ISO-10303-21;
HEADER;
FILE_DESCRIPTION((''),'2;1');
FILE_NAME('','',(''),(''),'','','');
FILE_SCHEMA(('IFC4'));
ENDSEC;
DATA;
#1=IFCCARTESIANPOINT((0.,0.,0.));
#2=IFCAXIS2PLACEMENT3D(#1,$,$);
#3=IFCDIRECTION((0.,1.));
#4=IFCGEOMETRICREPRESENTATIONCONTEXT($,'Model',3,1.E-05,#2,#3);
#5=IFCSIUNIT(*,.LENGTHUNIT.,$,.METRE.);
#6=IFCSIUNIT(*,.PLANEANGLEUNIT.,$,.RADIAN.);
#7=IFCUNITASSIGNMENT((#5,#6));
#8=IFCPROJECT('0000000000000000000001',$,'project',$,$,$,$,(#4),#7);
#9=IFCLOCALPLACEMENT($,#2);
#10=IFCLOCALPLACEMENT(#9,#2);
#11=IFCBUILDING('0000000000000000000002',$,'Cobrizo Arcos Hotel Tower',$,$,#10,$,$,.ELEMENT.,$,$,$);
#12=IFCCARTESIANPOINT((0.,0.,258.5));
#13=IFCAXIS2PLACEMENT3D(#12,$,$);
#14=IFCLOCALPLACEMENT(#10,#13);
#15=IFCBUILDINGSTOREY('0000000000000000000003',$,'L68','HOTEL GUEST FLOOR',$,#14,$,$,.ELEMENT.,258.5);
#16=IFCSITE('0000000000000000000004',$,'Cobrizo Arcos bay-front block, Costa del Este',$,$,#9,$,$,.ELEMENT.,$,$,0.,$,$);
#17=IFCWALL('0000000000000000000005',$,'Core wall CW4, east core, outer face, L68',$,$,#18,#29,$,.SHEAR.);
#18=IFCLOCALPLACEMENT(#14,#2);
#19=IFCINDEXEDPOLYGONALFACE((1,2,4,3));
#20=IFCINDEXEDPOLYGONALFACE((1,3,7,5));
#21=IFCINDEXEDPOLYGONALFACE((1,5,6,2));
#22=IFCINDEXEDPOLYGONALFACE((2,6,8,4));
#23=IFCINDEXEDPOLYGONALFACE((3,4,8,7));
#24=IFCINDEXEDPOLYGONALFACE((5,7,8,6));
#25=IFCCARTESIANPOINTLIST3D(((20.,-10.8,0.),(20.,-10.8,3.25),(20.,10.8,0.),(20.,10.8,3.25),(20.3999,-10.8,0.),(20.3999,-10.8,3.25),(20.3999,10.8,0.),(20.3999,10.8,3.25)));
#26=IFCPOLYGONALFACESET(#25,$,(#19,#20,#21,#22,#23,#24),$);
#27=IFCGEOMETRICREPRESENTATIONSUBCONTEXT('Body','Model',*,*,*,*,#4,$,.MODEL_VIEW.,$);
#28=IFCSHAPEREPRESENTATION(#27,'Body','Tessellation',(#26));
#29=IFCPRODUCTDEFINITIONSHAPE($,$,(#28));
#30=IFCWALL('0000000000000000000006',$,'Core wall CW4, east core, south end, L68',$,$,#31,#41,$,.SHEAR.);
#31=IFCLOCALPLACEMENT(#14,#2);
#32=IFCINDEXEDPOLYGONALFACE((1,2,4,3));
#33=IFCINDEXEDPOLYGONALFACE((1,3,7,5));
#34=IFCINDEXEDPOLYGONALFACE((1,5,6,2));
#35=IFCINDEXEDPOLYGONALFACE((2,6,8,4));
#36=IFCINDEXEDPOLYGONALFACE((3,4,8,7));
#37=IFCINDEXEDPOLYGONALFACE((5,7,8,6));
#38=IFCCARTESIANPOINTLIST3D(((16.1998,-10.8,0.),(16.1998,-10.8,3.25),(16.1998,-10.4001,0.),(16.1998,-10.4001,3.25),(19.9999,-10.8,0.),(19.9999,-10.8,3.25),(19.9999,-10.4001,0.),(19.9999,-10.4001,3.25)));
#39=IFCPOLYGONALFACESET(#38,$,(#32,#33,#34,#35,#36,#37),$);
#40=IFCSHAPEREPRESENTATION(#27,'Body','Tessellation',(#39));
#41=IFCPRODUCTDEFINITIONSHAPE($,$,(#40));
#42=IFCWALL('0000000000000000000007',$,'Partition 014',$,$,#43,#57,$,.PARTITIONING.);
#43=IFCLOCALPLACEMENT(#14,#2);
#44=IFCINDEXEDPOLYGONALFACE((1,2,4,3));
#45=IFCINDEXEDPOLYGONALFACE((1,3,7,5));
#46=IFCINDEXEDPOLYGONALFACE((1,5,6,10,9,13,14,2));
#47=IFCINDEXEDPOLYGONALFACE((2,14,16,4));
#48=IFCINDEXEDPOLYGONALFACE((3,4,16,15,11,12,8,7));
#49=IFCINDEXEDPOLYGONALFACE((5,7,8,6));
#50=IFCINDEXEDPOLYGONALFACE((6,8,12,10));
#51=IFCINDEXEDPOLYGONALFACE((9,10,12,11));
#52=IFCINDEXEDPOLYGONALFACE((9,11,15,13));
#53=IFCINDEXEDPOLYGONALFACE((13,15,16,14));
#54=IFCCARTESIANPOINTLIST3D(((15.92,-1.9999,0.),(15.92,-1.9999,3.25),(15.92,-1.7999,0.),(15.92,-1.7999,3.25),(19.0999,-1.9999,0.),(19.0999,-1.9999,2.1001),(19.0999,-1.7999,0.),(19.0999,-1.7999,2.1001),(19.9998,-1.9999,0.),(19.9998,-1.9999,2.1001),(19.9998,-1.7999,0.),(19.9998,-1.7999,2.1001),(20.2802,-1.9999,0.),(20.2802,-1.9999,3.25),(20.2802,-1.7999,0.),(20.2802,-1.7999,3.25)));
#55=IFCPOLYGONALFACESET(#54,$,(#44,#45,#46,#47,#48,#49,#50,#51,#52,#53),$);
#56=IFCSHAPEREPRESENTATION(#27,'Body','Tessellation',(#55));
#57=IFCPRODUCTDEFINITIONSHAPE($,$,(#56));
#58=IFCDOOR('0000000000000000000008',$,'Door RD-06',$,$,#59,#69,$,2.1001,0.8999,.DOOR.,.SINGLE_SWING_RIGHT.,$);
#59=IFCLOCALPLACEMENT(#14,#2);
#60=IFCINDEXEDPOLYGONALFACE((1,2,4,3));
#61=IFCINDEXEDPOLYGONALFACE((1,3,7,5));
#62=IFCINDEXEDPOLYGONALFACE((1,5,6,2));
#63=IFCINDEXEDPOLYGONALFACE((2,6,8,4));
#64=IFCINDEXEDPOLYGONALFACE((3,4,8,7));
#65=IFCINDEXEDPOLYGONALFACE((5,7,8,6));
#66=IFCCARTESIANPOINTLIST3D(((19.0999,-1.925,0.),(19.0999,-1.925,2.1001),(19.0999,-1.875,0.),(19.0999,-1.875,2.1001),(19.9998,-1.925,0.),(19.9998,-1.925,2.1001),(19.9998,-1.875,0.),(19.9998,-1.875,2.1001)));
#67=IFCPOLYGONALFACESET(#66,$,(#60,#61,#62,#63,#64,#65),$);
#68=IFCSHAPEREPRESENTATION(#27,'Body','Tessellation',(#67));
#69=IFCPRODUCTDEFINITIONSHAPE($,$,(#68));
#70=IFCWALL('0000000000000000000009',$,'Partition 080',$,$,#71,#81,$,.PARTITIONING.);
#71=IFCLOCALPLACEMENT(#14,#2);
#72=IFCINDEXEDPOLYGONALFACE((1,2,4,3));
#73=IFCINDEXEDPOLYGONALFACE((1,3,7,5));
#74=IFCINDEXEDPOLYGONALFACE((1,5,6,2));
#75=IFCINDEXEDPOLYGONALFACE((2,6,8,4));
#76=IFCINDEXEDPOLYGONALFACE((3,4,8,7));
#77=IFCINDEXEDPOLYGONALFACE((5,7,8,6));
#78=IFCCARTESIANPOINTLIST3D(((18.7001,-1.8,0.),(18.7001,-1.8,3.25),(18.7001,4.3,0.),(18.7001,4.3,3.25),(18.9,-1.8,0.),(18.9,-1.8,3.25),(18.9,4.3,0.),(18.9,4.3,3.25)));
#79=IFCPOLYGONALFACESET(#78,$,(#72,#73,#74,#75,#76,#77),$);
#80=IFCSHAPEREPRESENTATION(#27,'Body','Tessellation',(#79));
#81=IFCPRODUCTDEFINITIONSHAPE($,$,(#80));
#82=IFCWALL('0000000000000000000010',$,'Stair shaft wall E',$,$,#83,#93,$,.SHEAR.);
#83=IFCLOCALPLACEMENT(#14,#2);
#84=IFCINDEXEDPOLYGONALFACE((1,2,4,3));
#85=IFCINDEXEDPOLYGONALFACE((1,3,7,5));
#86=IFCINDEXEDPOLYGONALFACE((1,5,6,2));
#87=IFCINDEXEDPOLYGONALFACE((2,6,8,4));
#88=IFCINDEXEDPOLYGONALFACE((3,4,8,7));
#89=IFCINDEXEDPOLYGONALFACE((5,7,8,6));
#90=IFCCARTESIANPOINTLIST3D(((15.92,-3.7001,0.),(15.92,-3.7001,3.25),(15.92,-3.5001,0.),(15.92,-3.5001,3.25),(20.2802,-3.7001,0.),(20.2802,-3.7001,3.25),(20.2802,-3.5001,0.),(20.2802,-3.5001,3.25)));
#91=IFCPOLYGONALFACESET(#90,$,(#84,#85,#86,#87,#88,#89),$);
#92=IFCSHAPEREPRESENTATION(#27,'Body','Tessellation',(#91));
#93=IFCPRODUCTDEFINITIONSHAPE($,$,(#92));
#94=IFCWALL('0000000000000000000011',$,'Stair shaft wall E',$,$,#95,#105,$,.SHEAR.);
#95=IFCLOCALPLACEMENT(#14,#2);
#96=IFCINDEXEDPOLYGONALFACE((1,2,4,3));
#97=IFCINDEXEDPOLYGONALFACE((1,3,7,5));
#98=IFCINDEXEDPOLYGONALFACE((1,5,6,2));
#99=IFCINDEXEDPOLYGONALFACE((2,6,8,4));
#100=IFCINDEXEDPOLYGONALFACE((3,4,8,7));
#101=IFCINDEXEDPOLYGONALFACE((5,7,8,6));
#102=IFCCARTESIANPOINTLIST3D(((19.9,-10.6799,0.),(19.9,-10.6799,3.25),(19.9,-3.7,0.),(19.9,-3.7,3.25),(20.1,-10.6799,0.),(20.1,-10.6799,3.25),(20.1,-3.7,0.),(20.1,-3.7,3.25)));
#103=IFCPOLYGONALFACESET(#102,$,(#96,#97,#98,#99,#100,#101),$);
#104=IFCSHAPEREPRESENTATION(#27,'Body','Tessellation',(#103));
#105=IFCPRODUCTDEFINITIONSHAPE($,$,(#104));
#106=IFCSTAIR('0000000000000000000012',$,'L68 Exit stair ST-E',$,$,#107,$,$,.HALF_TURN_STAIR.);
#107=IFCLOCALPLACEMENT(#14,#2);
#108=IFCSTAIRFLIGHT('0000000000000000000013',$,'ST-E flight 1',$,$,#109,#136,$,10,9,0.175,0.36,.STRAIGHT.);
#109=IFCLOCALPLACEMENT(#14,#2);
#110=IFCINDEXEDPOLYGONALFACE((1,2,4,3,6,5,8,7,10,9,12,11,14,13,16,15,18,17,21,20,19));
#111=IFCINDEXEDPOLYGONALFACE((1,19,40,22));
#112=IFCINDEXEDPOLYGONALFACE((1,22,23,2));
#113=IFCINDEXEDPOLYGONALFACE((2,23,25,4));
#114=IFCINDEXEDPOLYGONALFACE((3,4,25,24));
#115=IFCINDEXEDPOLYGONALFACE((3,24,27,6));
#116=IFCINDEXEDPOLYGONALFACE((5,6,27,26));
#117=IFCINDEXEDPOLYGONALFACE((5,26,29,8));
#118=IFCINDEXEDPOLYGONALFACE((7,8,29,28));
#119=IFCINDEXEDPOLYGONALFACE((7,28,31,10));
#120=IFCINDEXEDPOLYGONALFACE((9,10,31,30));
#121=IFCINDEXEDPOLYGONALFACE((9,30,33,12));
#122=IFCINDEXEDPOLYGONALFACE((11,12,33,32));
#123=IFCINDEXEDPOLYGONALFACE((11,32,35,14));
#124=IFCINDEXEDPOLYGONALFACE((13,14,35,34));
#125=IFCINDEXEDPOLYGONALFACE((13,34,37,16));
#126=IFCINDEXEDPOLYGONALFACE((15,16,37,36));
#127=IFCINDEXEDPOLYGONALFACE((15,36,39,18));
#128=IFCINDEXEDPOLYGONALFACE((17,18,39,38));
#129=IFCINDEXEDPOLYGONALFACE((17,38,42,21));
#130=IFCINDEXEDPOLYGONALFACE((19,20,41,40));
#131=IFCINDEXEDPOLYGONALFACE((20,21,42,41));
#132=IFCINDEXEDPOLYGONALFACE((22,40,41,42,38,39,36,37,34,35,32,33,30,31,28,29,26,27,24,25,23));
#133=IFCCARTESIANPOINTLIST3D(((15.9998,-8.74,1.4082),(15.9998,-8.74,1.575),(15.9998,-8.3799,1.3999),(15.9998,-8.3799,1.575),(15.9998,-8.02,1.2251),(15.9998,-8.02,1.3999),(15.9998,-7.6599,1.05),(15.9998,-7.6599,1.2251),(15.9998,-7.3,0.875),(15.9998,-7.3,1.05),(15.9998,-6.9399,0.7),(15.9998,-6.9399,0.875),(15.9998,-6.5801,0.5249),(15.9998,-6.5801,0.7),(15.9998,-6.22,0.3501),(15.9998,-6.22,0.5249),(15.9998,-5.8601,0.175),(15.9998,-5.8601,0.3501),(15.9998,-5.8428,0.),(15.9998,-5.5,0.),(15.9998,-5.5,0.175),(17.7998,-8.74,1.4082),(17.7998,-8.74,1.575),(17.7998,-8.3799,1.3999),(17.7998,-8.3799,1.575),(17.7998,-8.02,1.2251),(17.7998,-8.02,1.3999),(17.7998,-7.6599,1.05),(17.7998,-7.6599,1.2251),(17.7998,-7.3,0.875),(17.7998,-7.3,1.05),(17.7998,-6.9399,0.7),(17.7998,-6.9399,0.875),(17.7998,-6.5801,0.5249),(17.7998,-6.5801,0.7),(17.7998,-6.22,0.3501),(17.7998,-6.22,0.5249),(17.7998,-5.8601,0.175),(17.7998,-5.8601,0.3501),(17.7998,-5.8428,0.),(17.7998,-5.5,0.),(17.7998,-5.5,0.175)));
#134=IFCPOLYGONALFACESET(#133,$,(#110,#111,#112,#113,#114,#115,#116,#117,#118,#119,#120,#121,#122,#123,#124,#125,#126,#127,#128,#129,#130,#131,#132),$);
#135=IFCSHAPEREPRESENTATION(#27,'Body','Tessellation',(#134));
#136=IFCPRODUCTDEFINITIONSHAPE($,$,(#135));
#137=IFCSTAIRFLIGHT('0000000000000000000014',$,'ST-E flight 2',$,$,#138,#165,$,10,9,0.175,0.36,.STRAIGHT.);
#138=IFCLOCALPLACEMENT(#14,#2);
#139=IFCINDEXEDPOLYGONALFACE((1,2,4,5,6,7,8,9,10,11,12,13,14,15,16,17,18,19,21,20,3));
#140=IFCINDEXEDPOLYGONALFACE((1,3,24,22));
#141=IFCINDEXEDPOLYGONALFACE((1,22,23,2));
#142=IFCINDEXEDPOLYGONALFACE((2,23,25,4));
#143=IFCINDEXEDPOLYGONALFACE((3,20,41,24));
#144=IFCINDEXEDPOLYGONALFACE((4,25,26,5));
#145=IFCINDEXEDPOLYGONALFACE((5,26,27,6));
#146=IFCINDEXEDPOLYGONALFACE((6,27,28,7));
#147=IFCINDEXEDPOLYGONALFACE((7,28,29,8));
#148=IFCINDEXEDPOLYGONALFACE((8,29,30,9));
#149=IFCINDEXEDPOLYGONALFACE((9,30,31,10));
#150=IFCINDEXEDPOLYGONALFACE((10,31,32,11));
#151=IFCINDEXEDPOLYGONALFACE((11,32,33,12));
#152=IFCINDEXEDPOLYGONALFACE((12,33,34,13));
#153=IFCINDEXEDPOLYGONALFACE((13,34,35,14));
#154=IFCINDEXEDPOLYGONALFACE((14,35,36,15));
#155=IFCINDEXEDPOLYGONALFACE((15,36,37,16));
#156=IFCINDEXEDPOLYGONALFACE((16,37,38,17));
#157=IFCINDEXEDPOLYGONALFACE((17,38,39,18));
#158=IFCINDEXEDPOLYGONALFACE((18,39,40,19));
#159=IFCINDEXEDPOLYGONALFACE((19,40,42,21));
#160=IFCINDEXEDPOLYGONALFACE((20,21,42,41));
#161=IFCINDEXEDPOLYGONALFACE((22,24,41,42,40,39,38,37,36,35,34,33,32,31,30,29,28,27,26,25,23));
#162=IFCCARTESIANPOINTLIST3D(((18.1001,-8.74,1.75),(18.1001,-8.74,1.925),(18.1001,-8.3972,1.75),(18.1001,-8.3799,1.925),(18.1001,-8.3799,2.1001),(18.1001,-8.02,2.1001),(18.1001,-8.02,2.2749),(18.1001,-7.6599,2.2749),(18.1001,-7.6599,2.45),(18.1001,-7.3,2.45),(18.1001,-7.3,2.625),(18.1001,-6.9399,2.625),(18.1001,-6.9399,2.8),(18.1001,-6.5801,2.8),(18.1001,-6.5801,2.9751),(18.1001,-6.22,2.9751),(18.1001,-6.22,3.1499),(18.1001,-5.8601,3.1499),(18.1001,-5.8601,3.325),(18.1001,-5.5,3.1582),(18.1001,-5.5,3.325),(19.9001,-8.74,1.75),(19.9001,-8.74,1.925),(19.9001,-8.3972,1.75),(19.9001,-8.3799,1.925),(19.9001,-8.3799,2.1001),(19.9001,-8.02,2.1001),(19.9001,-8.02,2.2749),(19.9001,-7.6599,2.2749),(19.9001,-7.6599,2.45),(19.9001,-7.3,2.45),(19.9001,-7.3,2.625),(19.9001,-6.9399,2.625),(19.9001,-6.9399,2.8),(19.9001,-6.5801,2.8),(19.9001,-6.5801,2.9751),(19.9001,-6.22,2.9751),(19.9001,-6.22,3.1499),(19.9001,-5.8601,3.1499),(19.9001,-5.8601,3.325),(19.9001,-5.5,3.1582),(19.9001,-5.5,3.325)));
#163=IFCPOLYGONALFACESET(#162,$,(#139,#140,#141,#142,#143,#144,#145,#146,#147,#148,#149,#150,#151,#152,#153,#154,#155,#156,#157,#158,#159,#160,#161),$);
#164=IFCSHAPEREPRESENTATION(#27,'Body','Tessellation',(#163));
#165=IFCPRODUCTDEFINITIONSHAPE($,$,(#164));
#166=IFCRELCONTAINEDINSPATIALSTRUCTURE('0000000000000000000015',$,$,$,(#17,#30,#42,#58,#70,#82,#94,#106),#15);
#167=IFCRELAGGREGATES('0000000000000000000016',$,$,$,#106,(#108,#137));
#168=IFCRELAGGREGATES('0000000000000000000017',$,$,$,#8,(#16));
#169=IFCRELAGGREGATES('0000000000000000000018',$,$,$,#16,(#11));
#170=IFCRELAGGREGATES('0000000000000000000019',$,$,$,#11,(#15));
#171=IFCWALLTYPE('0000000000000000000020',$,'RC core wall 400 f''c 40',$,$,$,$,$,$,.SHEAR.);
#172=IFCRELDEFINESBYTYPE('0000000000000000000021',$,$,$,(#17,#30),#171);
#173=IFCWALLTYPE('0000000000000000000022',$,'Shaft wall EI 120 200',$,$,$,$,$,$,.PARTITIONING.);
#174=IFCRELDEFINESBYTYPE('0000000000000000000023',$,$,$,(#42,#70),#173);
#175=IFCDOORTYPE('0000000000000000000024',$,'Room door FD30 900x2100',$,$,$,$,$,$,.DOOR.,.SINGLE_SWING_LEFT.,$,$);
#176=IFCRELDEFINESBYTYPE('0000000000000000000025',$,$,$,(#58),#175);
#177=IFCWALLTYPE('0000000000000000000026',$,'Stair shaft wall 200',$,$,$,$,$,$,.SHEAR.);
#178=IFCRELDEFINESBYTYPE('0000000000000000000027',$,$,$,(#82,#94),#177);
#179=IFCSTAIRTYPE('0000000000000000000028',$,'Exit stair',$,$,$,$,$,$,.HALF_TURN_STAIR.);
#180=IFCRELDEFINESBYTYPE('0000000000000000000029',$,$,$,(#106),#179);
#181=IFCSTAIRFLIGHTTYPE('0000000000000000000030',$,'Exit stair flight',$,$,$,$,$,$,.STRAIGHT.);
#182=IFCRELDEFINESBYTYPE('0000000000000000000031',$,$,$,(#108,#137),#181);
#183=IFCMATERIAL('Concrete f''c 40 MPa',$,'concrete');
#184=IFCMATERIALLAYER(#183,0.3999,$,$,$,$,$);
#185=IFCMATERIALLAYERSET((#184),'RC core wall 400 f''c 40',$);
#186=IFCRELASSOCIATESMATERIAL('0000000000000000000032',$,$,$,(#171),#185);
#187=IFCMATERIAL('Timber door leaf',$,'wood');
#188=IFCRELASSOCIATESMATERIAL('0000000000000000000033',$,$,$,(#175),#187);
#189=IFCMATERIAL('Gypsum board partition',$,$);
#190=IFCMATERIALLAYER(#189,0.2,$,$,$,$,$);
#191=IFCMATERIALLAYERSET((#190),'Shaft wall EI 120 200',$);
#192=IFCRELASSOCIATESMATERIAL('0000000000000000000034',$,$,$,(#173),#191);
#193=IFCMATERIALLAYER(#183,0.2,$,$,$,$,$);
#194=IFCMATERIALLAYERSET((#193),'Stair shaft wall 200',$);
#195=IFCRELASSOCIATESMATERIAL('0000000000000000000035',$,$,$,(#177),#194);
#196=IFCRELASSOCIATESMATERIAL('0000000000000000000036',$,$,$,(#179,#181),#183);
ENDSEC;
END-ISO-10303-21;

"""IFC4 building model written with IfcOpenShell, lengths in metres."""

from ifc_helpers import new_model, si_unit, direction, frame, frame_2d, origin, place, context, subcontext, project, spatial, polyline, rectangle, outline, extrude, material, layer, layer_set, type_object, element, fill, aggregate, save


model = new_model("IFC4")

# Units and contexts
model_context = context("Model", 3, precision=1e-05, world=origin(), true_north=direction((0.0, 1.0)))
body_context = subcontext(model_context, "Body", "Model", "MODEL_VIEW")
ifc_project = project(units=[si_unit("LENGTHUNIT", "METRE"), si_unit("PLANEANGLEUNIT", "RADIAN")], contexts=[model_context])

# Site, building, storey
site_placement = place(None, origin())
site = spatial("IfcSite", under=ifc_project, at=site_placement, Name="Cobrizo Arcos bay-front block, Costa del Este", CompositionType="ELEMENT", RefElevation=0.0)
building_placement = place(site_placement, origin())
building = spatial("IfcBuilding", under=site, at=building_placement, Name="Cobrizo Arcos Hotel Tower", CompositionType="ELEMENT")
storey_placement = place(building_placement, frame((0.0, 0.0, 258.5)))
storey = spatial("IfcBuildingStorey", under=building, at=storey_placement, Name="L68", Description="HOTEL GUEST FLOOR", CompositionType="ELEMENT", Elevation=258.5)

# Shared definitions
ifc_material_1 = material(Name="Gypsum board partition")

# Shared definitions
ifc_material_2 = material(Name="Concrete f'c 40 MPa", Category="concrete")
ifc_layer_1 = layer(ifc_material_2, 0.3999)
ifc_layer_set_1 = layer_set([ifc_layer_1], Name="RC core wall 400 f'c 40")
wall_type_1 = type_object("IfcWallType", Name="RC core wall 400 f'c 40", PredefinedType="SHEAR", material=ifc_layer_set_1)
ifc_material_3 = material(Name="Timber door leaf", Category="wood")
door_type_1 = type_object("IfcDoorType", Name="Room door FD30 900x2100", OperationType="SINGLE_SWING_LEFT", PredefinedType="DOOR", material=ifc_material_3)

# Walls
wall_1_placement = place(storey_placement, frame((20.2, -10.8, 0.0), z_axis=(0.0, 0.0, 1.0), x_axis=(0.0, 1.0, 0.0)))
element("IfcWall", 1, at=wall_1_placement, inside=storey, type_object=wall_type_1, Name="Core wall CW4, east core, outer face, L68", PredefinedType="SHEAR", context=body_context, shape_type="SweptSolid", body=[
    extrude(rectangle(XDim=21.6001, YDim=0.3999, at=frame_2d((10.8, 0.0))), origin(), (0.0, 0.0, 1.0), 3.25),
])
wall_2_placement = place(storey_placement, frame((16.2, -10.6001, 0.0), z_axis=(0.0, 0.0, 1.0), x_axis=(1.0, 0.0, 0.0)))
element("IfcWall", 2, at=wall_2_placement, inside=storey, type_object=wall_type_1, Name="Core wall CW4, east core, south end, L68", PredefinedType="SHEAR", context=body_context, shape_type="SweptSolid", body=[
    extrude(rectangle(XDim=3.8, YDim=0.3999, at=frame_2d((1.8999, 0.0))), origin(), (0.0, 0.0, 1.0), 3.25),
])

# Wall, opening, door
ifc_layer_2 = layer(ifc_material_1, 0.2)
ifc_layer_set_2 = layer_set([ifc_layer_2], Name="Shaft wall EI 120 200")
wall_type_2 = type_object("IfcWallType", Name="Shaft wall EI 120 200", PredefinedType="PARTITIONING", material=ifc_layer_set_2)
wall_3_placement = place(storey_placement, frame((15.9199, -1.8999, 0.0), z_axis=(0.0, 0.0, 1.0), x_axis=(1.0, 0.0, 0.0)))
wall_3 = element("IfcWall", 3, at=wall_3_placement, inside=storey, type_object=wall_type_2, Name="Partition 014", PredefinedType="PARTITIONING", context=body_context, shape_type="SweptSolid", body=[
    extrude(rectangle(XDim=4.3601, YDim=0.2, at=frame_2d((2.1802, 0.0))), origin(), (0.0, 0.0, 1.0), 3.25),
])
opening_1_placement = place(wall_3_placement, frame((3.1799, 0.0, 0.0)))
opening_1 = element("IfcOpeningElement", 4, at=opening_1_placement, cuts=wall_3, PredefinedType="OPENING", context=body_context, shape_type="SweptSolid", body=[
    extrude(rectangle(XDim=0.8999, YDim=2.1001, at=frame_2d((0.45, 1.05))), frame((0.0, 0.1121, 0.0), z_axis=(0.0, -1.0, 0.0), x_axis=(1.0, 0.0, 0.0)), (0.0, 0.0, 1.0), 0.2239),
])
door_1_placement = place(opening_1_placement, origin())
door_1 = element("IfcDoor", 5, at=door_1_placement, inside=storey, type_object=door_type_1, Name="Door RD-06", OperationType="SINGLE_SWING_RIGHT", OverallHeight=2.1001, OverallWidth=0.8999, PredefinedType="DOOR", context=body_context, shape_type="SweptSolid", body=[
    extrude(rectangle(XDim=0.8999, YDim=2.1001, at=frame_2d((0.45, 1.05))), frame((0.0, 0.0249, 0.0), z_axis=(0.0, -1.0, 0.0), x_axis=(1.0, 0.0, 0.0)), (0.0, 0.0, 1.0), 0.05),
])
fill(opening_1, door_1)

# Walls
wall_4_placement = place(storey_placement, frame((18.8, -1.8, 0.0), z_axis=(0.0, 0.0, 1.0), x_axis=(0.0, 1.0, 0.0)))
element("IfcWall", 6, at=wall_4_placement, inside=storey, type_object=wall_type_2, Name="Partition 080", PredefinedType="PARTITIONING", context=body_context, shape_type="SweptSolid", body=[
    extrude(rectangle(XDim=6.1001, YDim=0.2, at=frame_2d((3.05, 0.0))), origin(), (0.0, 0.0, 1.0), 3.25),
])
ifc_layer_3 = layer(ifc_material_2, 0.2)
ifc_layer_set_3 = layer_set([ifc_layer_3], Name="Stair shaft wall 200")
wall_type_3 = type_object("IfcWallType", Name="Stair shaft wall 200", PredefinedType="SHEAR", material=ifc_layer_set_3)
wall_5_placement = place(storey_placement, frame((15.9199, -3.6001, 0.0), z_axis=(0.0, 0.0, 1.0), x_axis=(1.0, 0.0, 0.0)))
element("IfcWall", 7, at=wall_5_placement, inside=storey, type_object=wall_type_3, Name="Stair shaft wall E", PredefinedType="SHEAR", context=body_context, shape_type="SweptSolid", body=[
    extrude(rectangle(XDim=4.3601, YDim=0.2, at=frame_2d((2.1802, 0.0))), origin(), (0.0, 0.0, 1.0), 3.25),
])
wall_6_placement = place(storey_placement, frame((20.0, -10.6799, 0.0), z_axis=(0.0, 0.0, 1.0), x_axis=(0.0, 1.0, 0.0)))
element("IfcWall", 8, at=wall_6_placement, inside=storey, type_object=wall_type_3, Name="Stair shaft wall E", PredefinedType="SHEAR", context=body_context, shape_type="SweptSolid", body=[
    extrude(rectangle(XDim=6.98, YDim=0.2, at=frame_2d((3.49, 0.0))), origin(), (0.0, 0.0, 1.0), 3.25),
])

# Stair, stair flights
stair_type = type_object("IfcStairType", Name="Exit stair", PredefinedType="HALF_TURN_STAIR", material=ifc_material_2)
stair_placement = place(storey_placement, origin())
stair = element("IfcStair", 9, at=stair_placement, inside=storey, type_object=stair_type, Name="L68 Exit stair ST-E", PredefinedType="HALF_TURN_STAIR")
stair_flight_type = type_object("IfcStairFlightType", Name="Exit stair flight", PredefinedType="STRAIGHT", material=ifc_material_2)
stair_flight_1_placement = place(storey_placement, frame((16.8999, -5.5, 0.0), z_axis=(0.0, 0.0, 1.0), x_axis=(0.0, -1.0, 0.0)))
stair_flight_1 = element("IfcStairFlight", 10, at=stair_flight_1_placement, type_object=stair_flight_type, Name="ST-E flight 1", NumberOfRisers=10, NumberOfTreads=9, PredefinedType="STRAIGHT", RiserHeight=0.175, TreadLength=0.36, context=body_context, shape_type="SweptSolid", body=[
    extrude(outline(polyline([(0.0, 0.0), (0.0, 0.175), (0.3601, 0.175), (0.3601, 0.3501), (0.72, 0.3501), (0.72, 0.5249), (1.0801, 0.5249), (1.0801, 0.7), (1.4399, 0.7), (1.4399, 0.875), (1.8, 0.875), (1.8, 1.05), (2.1599, 1.05), (2.1599, 1.2251), (2.52, 1.2251), (2.52, 1.3999), (2.8799, 1.3999), (2.8799, 1.575), (3.24, 1.575), (3.24, 1.75), (3.24, 1.4082), (0.3428, 0.0), (0.0, 0.0)])), frame((0.0, 0.8999, 0.0), z_axis=(0.0, -1.0, 0.0), x_axis=(1.0, 0.0, 0.0)), (0.0, 0.0, 1.0), 1.8),
])
stair_flight_2_placement = place(storey_placement, frame((19.0, -8.74, 1.75), z_axis=(0.0, 0.0, 1.0), x_axis=(0.0, 1.0, 0.0)))
stair_flight_2 = element("IfcStairFlight", 11, at=stair_flight_2_placement, type_object=stair_flight_type, Name="ST-E flight 2", NumberOfRisers=10, NumberOfTreads=9, PredefinedType="STRAIGHT", RiserHeight=0.175, TreadLength=0.36, context=body_context, shape_type="SweptSolid", body=[
    extrude(outline(polyline([(0.0, 0.0), (0.0, 0.175), (0.3601, 0.175), (0.3601, 0.3501), (0.72, 0.3501), (0.72, 0.5249), (1.0801, 0.5249), (1.0801, 0.7), (1.4399, 0.7), (1.4399, 0.875), (1.8, 0.875), (1.8, 1.05), (2.1599, 1.05), (2.1599, 1.2251), (2.52, 1.2251), (2.52, 1.3999), (2.8799, 1.3999), (2.8799, 1.575), (3.24, 1.575), (3.24, 1.75), (3.24, 1.4082), (0.3428, 0.0), (0.0, 0.0)])), frame((0.0, 0.8999, 0.0), z_axis=(0.0, -1.0, 0.0), x_axis=(1.0, 0.0, 0.0)), (0.0, 0.0, 1.0), 1.8),
])
aggregate(stair, [stair_flight_1, stair_flight_2])

save(model, "model.ifc")
